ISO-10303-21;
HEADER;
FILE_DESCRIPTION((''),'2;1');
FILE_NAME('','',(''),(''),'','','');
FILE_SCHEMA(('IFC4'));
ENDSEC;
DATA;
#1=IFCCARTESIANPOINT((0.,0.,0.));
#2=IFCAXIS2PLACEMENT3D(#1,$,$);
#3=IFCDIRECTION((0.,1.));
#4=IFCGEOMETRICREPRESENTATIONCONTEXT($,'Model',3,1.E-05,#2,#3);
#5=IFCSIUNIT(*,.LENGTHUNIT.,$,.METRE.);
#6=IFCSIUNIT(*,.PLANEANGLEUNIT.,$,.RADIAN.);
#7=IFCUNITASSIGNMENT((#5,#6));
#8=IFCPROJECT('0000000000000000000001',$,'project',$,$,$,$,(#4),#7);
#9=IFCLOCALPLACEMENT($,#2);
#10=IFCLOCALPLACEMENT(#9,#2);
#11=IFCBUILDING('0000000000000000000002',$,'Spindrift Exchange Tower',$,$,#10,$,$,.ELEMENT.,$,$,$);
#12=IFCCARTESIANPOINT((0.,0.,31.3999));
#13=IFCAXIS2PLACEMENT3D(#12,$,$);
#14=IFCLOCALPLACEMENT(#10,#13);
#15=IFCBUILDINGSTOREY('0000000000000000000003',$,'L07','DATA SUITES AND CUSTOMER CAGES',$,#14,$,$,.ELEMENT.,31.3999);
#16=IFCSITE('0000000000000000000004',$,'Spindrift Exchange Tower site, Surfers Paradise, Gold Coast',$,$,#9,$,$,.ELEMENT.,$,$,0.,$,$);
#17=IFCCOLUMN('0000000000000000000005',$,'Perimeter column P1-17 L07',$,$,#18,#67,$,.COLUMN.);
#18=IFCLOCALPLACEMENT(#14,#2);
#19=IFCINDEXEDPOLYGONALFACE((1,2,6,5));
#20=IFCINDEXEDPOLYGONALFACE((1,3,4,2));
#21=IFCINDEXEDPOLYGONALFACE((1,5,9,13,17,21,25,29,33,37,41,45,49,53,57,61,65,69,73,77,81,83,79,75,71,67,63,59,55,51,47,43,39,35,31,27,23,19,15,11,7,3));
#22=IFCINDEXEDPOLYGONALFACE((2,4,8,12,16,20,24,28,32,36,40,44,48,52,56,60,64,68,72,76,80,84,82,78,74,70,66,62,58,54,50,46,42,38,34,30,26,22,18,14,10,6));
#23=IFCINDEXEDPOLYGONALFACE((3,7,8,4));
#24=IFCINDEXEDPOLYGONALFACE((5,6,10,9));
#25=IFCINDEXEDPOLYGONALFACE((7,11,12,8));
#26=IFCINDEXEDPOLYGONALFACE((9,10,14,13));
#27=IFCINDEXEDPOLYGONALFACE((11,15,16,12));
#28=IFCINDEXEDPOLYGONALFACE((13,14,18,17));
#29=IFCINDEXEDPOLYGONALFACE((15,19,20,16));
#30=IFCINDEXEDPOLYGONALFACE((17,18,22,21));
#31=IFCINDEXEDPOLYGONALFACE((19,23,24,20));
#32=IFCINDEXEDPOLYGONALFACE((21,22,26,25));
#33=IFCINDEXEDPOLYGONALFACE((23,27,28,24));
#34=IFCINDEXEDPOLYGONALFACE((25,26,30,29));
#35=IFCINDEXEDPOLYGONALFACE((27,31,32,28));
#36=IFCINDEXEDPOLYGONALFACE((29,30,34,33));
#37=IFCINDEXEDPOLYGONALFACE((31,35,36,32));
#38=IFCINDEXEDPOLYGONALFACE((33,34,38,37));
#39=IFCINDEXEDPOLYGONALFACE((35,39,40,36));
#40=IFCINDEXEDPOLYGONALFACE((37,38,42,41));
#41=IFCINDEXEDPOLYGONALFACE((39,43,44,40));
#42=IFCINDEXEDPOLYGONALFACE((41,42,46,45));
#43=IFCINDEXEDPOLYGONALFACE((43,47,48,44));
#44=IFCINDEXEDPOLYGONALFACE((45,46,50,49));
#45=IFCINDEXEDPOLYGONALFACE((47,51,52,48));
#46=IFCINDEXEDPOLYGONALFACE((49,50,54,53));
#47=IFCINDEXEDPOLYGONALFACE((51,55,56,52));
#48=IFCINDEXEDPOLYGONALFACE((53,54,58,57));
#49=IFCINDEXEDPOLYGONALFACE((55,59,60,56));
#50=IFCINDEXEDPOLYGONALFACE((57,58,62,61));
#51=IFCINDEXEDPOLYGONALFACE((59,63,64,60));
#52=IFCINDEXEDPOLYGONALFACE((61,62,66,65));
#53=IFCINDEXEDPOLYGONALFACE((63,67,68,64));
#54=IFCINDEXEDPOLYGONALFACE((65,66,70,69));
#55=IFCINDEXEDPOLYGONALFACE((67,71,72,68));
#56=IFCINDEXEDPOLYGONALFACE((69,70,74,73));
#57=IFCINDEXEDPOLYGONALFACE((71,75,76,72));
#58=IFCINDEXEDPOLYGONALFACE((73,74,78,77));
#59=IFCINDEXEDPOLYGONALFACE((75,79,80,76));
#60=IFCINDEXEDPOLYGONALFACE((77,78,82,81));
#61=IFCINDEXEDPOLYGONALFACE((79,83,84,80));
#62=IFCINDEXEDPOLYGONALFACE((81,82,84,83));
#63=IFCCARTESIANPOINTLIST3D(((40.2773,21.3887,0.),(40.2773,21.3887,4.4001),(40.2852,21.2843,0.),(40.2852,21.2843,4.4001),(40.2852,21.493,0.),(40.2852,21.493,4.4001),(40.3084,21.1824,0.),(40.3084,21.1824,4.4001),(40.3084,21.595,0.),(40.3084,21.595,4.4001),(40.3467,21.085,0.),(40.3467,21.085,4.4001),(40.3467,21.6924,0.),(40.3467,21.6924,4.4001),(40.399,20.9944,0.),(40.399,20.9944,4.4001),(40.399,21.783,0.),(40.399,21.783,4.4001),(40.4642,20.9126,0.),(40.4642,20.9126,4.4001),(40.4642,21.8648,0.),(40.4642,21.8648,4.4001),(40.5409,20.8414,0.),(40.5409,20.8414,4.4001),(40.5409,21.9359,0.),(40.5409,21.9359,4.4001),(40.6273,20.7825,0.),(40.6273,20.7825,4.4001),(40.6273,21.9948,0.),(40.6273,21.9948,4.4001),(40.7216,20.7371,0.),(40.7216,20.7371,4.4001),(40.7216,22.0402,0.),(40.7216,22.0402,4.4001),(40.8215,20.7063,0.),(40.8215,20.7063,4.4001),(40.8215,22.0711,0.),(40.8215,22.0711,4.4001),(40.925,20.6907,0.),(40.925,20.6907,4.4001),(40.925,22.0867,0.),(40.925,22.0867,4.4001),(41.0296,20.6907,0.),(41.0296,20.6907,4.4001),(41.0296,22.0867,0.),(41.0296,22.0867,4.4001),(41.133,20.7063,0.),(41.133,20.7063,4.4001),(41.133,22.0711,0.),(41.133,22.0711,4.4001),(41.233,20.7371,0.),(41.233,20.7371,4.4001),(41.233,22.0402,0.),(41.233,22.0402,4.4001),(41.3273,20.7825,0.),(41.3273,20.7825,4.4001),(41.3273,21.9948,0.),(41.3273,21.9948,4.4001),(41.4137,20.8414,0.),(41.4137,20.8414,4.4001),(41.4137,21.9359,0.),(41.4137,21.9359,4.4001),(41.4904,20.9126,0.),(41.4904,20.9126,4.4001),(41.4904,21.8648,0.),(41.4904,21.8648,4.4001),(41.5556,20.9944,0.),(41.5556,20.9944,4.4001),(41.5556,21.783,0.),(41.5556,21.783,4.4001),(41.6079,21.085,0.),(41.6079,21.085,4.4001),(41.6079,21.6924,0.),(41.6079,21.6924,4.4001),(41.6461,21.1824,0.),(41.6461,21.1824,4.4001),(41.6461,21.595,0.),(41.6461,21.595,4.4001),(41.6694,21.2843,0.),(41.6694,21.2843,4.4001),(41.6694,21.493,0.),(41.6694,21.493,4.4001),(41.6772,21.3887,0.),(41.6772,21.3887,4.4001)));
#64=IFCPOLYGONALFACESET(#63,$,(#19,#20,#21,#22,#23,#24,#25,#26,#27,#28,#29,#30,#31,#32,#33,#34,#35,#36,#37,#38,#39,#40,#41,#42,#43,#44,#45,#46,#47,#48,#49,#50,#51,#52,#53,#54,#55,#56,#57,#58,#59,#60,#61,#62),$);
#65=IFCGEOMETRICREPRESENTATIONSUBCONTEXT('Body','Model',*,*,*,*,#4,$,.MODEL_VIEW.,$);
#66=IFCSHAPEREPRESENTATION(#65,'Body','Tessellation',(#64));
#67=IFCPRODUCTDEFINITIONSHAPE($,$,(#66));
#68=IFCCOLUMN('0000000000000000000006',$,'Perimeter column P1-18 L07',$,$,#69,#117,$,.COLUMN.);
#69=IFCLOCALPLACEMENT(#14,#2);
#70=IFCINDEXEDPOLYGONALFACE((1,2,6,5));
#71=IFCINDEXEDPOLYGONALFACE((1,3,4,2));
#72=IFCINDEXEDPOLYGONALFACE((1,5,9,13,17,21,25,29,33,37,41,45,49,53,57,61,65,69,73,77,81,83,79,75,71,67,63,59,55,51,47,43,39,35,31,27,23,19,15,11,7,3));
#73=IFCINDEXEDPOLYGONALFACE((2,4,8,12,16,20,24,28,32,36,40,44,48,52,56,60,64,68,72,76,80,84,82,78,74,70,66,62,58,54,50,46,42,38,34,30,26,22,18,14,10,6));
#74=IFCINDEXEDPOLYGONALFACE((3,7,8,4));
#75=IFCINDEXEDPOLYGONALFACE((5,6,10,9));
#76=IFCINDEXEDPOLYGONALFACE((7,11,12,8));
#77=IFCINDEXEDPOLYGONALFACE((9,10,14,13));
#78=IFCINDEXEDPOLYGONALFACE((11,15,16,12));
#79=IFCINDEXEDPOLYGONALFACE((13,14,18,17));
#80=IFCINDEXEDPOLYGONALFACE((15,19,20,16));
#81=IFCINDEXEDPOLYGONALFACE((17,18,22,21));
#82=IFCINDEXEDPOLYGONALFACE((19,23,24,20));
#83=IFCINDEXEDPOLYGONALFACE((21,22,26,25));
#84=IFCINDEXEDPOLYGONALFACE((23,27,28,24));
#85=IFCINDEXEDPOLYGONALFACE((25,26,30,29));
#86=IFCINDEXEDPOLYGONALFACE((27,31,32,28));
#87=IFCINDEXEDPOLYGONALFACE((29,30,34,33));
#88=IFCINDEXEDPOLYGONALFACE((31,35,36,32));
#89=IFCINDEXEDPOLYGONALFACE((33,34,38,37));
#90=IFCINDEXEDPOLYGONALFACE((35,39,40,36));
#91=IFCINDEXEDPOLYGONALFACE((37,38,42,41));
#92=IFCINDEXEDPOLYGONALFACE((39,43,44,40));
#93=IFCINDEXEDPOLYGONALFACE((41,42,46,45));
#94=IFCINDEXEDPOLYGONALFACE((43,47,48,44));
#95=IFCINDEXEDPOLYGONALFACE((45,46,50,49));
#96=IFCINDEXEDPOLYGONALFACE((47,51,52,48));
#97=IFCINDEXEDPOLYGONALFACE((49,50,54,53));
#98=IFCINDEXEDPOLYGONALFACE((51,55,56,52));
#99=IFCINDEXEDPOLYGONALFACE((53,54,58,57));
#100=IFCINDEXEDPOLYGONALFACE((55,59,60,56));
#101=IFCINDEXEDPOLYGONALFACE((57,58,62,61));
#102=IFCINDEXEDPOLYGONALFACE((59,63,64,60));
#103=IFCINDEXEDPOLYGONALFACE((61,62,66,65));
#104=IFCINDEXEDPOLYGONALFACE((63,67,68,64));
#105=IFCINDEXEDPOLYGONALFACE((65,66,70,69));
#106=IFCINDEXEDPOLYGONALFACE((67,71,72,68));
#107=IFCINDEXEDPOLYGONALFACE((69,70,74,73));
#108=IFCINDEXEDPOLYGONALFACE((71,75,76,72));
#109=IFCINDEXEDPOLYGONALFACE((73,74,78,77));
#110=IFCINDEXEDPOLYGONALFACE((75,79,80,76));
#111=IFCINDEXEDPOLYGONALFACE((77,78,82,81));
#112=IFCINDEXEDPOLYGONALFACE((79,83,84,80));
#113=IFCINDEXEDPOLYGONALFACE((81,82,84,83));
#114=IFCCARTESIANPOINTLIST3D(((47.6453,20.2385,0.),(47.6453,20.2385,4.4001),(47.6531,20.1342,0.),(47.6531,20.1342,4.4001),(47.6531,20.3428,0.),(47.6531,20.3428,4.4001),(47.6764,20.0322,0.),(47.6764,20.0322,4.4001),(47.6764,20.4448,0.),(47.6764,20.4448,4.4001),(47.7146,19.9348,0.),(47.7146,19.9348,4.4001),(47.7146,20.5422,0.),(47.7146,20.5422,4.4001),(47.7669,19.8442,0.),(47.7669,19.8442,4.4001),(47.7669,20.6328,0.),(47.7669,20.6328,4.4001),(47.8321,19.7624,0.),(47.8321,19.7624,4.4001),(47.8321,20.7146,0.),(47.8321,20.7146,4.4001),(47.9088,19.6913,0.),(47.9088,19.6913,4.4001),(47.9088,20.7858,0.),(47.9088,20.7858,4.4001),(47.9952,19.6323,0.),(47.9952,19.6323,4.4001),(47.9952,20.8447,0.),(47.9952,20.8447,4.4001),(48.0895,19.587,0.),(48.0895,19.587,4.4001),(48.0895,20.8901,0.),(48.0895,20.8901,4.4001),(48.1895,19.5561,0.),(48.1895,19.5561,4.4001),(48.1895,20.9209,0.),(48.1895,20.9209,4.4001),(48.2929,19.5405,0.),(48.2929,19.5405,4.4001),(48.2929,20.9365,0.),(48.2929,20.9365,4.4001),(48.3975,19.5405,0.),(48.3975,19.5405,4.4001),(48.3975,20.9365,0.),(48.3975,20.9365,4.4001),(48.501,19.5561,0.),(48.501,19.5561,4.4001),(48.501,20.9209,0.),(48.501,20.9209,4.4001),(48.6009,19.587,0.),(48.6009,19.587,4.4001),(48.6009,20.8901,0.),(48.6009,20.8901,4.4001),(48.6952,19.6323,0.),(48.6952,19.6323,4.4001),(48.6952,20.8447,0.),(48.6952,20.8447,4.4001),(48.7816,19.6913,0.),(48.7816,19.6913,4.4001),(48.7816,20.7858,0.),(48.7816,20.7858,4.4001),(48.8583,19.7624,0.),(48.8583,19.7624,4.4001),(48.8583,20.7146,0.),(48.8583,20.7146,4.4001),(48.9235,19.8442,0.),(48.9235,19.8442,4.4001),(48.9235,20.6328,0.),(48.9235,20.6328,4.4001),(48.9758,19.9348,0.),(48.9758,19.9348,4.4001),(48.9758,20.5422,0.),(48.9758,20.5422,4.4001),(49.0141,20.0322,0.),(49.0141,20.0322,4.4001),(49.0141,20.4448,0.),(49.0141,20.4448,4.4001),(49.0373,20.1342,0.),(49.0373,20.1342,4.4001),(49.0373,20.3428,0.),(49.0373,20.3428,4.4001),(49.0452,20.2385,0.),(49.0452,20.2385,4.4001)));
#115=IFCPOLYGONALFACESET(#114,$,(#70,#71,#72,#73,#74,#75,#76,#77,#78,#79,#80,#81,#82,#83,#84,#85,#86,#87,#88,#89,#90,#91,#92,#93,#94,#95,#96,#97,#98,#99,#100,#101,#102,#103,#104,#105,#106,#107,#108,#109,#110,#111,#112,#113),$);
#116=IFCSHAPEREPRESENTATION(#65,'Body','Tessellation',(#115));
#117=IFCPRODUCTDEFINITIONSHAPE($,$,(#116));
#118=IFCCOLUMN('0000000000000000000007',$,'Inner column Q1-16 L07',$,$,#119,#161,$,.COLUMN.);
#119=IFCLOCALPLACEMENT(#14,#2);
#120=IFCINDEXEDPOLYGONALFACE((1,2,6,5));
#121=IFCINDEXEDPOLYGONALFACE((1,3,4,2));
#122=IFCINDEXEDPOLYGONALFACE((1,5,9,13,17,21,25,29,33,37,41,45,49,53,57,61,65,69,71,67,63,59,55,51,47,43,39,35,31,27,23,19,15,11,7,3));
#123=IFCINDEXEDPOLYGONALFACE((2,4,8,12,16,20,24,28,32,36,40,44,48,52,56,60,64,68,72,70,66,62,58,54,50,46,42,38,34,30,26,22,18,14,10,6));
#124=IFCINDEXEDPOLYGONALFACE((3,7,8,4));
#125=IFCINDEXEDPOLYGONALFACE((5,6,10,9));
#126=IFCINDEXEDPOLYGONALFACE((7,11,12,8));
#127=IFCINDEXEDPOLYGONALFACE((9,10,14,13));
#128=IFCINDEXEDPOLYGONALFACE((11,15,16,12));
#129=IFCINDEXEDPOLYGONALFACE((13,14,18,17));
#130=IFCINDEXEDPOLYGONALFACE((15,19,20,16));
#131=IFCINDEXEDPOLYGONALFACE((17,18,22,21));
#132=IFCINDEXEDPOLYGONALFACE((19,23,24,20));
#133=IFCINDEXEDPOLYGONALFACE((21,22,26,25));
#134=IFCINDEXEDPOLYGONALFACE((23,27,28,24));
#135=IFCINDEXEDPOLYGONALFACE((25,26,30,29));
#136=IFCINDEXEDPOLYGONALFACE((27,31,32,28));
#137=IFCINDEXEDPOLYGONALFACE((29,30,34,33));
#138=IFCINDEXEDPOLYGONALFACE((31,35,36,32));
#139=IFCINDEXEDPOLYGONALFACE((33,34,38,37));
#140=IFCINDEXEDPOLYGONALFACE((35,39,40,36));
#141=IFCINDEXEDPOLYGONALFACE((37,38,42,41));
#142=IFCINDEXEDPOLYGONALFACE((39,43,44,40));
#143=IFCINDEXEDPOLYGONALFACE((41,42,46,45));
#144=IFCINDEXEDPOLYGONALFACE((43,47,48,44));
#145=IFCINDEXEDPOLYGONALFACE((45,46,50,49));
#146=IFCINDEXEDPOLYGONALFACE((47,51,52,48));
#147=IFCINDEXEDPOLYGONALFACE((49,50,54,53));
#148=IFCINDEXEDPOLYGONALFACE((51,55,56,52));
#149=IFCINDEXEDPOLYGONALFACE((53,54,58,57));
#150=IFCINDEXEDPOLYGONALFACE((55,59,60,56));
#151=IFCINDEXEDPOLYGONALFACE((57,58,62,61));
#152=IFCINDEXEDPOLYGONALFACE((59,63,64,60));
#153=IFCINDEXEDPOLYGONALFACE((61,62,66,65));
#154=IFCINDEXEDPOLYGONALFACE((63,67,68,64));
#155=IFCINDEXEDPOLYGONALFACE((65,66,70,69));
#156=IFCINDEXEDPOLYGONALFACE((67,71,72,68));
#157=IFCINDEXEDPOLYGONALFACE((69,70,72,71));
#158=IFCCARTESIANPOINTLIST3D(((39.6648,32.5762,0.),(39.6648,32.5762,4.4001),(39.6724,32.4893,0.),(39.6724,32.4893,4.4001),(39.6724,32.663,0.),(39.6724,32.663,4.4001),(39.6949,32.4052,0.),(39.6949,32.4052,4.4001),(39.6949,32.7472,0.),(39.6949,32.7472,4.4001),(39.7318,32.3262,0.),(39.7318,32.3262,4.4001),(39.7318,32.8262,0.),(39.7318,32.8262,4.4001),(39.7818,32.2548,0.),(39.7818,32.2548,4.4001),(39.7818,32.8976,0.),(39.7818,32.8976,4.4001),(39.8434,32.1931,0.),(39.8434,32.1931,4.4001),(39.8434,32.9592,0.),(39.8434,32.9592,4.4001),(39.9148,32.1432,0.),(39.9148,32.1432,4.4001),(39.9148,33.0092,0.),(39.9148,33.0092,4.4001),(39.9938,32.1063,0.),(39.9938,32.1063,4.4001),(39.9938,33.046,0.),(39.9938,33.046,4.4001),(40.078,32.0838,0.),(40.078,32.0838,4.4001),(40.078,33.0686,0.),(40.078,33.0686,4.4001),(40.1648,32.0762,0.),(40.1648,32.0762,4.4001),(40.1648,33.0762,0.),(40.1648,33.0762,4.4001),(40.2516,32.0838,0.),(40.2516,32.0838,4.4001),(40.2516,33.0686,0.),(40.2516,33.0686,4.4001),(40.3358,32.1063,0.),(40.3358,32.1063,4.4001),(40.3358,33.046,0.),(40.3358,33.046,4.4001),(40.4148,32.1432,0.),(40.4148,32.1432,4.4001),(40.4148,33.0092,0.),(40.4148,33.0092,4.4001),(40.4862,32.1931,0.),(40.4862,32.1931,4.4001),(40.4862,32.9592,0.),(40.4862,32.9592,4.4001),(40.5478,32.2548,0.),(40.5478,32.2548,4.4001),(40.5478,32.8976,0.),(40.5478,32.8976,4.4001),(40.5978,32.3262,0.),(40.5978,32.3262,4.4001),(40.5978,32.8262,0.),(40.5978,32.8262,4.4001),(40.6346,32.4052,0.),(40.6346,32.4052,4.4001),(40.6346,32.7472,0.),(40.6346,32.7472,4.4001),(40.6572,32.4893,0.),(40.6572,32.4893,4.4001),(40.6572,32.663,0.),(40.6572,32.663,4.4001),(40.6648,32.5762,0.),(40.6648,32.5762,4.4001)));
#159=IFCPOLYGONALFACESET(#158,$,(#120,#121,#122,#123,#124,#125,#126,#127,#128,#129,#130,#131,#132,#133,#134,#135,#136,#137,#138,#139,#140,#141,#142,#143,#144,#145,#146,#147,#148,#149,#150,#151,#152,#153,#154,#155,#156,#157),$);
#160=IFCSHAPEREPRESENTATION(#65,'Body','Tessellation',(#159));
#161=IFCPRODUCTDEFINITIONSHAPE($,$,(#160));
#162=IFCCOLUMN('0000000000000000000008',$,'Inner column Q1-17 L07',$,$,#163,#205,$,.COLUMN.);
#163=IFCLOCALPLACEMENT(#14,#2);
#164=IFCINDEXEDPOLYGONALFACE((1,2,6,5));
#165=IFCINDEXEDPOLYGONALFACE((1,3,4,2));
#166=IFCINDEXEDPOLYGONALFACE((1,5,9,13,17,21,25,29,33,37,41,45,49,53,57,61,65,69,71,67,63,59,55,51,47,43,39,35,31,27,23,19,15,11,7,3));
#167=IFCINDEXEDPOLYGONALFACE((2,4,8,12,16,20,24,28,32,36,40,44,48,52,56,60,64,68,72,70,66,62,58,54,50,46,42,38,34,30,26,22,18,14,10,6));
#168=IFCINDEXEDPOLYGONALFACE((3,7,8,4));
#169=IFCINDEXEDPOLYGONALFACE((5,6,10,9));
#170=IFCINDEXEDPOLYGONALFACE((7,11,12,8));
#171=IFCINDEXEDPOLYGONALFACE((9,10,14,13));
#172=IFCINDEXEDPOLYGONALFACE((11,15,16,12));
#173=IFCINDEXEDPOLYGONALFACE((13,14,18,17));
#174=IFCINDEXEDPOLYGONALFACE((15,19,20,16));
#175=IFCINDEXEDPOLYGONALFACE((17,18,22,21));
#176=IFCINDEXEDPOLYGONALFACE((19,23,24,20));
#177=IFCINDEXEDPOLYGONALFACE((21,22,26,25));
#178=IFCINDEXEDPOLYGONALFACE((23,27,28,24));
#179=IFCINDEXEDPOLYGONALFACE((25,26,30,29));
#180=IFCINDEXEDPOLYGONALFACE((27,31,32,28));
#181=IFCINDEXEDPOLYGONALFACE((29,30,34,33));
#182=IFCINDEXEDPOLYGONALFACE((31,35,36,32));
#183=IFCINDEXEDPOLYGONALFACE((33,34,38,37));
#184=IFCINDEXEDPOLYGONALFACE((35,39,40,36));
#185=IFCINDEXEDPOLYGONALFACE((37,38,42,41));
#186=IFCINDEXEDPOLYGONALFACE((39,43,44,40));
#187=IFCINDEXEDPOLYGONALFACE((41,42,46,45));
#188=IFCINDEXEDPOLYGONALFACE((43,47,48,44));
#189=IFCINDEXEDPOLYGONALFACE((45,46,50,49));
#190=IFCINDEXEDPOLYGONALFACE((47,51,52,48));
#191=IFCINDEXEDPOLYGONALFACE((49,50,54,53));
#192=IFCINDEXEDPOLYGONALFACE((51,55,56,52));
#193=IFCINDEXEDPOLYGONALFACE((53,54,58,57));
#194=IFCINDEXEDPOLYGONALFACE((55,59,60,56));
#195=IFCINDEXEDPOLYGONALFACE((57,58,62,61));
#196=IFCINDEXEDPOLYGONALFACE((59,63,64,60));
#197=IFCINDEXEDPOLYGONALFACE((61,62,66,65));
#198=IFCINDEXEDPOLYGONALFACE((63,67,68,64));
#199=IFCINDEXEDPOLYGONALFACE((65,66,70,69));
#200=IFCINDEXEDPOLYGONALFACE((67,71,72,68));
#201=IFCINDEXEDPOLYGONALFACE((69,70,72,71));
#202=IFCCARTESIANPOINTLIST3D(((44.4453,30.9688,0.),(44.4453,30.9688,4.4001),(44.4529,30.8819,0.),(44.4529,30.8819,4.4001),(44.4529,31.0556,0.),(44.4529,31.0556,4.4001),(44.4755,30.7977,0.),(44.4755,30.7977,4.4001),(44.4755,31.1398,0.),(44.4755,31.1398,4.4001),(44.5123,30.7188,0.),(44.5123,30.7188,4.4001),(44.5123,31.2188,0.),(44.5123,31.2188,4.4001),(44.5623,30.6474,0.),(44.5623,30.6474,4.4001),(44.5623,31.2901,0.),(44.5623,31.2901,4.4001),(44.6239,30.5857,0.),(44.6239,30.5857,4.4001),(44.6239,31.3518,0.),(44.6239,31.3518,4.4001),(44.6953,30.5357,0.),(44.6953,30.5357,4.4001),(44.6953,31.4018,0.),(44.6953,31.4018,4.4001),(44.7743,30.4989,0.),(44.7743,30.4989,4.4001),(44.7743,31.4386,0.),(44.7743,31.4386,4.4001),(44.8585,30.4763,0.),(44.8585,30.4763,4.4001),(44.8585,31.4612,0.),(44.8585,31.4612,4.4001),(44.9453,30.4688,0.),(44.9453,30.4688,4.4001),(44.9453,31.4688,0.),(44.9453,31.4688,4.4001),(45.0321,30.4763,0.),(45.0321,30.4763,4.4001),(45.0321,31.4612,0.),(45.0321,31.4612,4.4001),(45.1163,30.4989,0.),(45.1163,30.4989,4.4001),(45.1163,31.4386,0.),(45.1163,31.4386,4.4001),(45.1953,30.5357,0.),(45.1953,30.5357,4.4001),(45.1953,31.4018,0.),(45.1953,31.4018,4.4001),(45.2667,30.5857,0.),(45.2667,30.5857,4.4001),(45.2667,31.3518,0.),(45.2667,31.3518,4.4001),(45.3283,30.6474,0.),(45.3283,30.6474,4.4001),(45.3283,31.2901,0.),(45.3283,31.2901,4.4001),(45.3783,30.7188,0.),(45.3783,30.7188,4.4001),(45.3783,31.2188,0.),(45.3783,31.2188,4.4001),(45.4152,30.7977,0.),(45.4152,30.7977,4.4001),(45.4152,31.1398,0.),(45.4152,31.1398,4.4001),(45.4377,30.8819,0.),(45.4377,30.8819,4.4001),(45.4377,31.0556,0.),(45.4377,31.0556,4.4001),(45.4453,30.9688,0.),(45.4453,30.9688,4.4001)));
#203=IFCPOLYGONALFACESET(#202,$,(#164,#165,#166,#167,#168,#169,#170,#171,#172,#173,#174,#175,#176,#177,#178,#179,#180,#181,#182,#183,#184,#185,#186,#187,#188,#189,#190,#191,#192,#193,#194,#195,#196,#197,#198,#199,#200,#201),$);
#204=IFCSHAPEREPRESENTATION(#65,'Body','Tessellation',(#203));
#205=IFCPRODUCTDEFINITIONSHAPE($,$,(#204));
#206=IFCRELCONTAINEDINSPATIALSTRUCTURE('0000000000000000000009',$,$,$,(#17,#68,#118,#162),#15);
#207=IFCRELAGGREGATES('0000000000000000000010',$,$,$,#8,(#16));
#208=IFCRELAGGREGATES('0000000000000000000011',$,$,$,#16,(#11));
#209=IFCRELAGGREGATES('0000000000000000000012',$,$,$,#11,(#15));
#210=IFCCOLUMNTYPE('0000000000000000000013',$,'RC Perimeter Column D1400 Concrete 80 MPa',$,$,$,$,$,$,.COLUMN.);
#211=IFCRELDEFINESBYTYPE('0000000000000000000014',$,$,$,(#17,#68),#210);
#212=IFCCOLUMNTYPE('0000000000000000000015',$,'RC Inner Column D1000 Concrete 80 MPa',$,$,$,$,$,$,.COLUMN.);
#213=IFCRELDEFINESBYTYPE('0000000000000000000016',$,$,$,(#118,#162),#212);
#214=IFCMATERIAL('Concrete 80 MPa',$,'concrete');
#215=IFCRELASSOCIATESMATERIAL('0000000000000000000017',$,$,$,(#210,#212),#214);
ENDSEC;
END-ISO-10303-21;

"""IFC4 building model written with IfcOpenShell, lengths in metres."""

from ifc_helpers import new_model, si_unit, direction, frame, origin, origin_2d, place, context, subcontext, project, spatial, circle, extrude, source, transform, mapped, material, material_profile, profile_set, type_object, element, save


model = new_model("IFC4")

# Units and contexts
model_context = context("Model", 3, precision=1e-05, world=origin(), true_north=direction((0.0, 1.0)))
body_context = subcontext(model_context, "Body", "Model", "MODEL_VIEW")
ifc_project = project(units=[si_unit("LENGTHUNIT", "METRE"), si_unit("PLANEANGLEUNIT", "RADIAN")], contexts=[model_context])

# Site, building, storey
site_placement = place(None, origin())
site = spatial("IfcSite", under=ifc_project, at=site_placement, Name="Spindrift Exchange Tower site, Surfers Paradise, Gold Coast", CompositionType="ELEMENT", RefElevation=0.0)
building_placement = place(site_placement, origin())
building = spatial("IfcBuilding", under=site, at=building_placement, Name="Spindrift Exchange Tower", CompositionType="ELEMENT")
storey_placement = place(building_placement, frame((0.0, 0.0, 31.3999)))
storey = spatial("IfcBuildingStorey", under=building, at=storey_placement, Name="L07", Description="DATA SUITES AND CUSTOMER CAGES", CompositionType="ELEMENT", Elevation=31.3999)

# Columns
ifc_material_1 = material(Name="Concrete 80 MPa", Category="concrete")
ifc_material_profile_1 = material_profile(ifc_material_1, circle(Radius=0.7, at=origin_2d()), Name="RC D1400")
ifc_profile_set_1 = profile_set([ifc_material_profile_1], Name="Concrete 80 MPa")
column_type_1 = type_object("IfcColumnType", Name="RC Perimeter Column D1400 Concrete 80 MPa", PredefinedType="COLUMN", material=ifc_profile_set_1)
shared_shape_1 = source(origin(), body_context, "Body", "SweptSolid", [
    extrude(circle(Radius=0.7, at=origin_2d()), origin(), (0.0, 0.0, 1.0), 4.4001),
])
for number, where, z_axis, x_axis, name in (
    (1, (40.9773, 21.3887, 0.0), (0.0, 0.0, 1.0), (1.0, 0.0, 0.0), "Perimeter column P1-17 L07"),
    (2, (48.3452, 20.2385, 0.0), (0.0, 0.0, 1.0), (1.0, 0.0, 0.0), "Perimeter column P1-18 L07"),
):
    element("IfcColumn", number, at=place(storey_placement, frame(where, z_axis=z_axis, x_axis=x_axis)), inside=storey, type_object=column_type_1, Name=name, PredefinedType="COLUMN", context=body_context, shape_type="MappedRepresentation", body=[
        mapped(shared_shape_1, transform((0.0, 0.0, 0.0), scale=1.0)),
    ])
ifc_material_profile_2 = material_profile(ifc_material_1, circle(Radius=0.5, at=origin_2d()), Name="RC D1000")
ifc_profile_set_2 = profile_set([ifc_material_profile_2], Name="Concrete 80 MPa")
column_type_2 = type_object("IfcColumnType", Name="RC Inner Column D1000 Concrete 80 MPa", PredefinedType="COLUMN", material=ifc_profile_set_2)
shared_shape_2 = source(origin(), body_context, "Body", "SweptSolid", [
    extrude(circle(Radius=0.5, at=origin_2d()), origin(), (0.0, 0.0, 1.0), 4.4001),
])
for number, where, z_axis, x_axis, name in (
    (3, (40.1648, 32.5762, 0.0), (0.0, 0.0, 1.0), (1.0, 0.0, 0.0), "Inner column Q1-16 L07"),
    (4, (44.9453, 30.9688, 0.0), (0.0, 0.0, 1.0), (1.0, 0.0, 0.0), "Inner column Q1-17 L07"),
):
    element("IfcColumn", number, at=place(storey_placement, frame(where, z_axis=z_axis, x_axis=x_axis)), inside=storey, type_object=column_type_2, Name=name, PredefinedType="COLUMN", context=body_context, shape_type="MappedRepresentation", body=[
        mapped(shared_shape_2, transform((0.0, 0.0, 0.0), scale=1.0)),
    ])

save(model, "model.ifc")
